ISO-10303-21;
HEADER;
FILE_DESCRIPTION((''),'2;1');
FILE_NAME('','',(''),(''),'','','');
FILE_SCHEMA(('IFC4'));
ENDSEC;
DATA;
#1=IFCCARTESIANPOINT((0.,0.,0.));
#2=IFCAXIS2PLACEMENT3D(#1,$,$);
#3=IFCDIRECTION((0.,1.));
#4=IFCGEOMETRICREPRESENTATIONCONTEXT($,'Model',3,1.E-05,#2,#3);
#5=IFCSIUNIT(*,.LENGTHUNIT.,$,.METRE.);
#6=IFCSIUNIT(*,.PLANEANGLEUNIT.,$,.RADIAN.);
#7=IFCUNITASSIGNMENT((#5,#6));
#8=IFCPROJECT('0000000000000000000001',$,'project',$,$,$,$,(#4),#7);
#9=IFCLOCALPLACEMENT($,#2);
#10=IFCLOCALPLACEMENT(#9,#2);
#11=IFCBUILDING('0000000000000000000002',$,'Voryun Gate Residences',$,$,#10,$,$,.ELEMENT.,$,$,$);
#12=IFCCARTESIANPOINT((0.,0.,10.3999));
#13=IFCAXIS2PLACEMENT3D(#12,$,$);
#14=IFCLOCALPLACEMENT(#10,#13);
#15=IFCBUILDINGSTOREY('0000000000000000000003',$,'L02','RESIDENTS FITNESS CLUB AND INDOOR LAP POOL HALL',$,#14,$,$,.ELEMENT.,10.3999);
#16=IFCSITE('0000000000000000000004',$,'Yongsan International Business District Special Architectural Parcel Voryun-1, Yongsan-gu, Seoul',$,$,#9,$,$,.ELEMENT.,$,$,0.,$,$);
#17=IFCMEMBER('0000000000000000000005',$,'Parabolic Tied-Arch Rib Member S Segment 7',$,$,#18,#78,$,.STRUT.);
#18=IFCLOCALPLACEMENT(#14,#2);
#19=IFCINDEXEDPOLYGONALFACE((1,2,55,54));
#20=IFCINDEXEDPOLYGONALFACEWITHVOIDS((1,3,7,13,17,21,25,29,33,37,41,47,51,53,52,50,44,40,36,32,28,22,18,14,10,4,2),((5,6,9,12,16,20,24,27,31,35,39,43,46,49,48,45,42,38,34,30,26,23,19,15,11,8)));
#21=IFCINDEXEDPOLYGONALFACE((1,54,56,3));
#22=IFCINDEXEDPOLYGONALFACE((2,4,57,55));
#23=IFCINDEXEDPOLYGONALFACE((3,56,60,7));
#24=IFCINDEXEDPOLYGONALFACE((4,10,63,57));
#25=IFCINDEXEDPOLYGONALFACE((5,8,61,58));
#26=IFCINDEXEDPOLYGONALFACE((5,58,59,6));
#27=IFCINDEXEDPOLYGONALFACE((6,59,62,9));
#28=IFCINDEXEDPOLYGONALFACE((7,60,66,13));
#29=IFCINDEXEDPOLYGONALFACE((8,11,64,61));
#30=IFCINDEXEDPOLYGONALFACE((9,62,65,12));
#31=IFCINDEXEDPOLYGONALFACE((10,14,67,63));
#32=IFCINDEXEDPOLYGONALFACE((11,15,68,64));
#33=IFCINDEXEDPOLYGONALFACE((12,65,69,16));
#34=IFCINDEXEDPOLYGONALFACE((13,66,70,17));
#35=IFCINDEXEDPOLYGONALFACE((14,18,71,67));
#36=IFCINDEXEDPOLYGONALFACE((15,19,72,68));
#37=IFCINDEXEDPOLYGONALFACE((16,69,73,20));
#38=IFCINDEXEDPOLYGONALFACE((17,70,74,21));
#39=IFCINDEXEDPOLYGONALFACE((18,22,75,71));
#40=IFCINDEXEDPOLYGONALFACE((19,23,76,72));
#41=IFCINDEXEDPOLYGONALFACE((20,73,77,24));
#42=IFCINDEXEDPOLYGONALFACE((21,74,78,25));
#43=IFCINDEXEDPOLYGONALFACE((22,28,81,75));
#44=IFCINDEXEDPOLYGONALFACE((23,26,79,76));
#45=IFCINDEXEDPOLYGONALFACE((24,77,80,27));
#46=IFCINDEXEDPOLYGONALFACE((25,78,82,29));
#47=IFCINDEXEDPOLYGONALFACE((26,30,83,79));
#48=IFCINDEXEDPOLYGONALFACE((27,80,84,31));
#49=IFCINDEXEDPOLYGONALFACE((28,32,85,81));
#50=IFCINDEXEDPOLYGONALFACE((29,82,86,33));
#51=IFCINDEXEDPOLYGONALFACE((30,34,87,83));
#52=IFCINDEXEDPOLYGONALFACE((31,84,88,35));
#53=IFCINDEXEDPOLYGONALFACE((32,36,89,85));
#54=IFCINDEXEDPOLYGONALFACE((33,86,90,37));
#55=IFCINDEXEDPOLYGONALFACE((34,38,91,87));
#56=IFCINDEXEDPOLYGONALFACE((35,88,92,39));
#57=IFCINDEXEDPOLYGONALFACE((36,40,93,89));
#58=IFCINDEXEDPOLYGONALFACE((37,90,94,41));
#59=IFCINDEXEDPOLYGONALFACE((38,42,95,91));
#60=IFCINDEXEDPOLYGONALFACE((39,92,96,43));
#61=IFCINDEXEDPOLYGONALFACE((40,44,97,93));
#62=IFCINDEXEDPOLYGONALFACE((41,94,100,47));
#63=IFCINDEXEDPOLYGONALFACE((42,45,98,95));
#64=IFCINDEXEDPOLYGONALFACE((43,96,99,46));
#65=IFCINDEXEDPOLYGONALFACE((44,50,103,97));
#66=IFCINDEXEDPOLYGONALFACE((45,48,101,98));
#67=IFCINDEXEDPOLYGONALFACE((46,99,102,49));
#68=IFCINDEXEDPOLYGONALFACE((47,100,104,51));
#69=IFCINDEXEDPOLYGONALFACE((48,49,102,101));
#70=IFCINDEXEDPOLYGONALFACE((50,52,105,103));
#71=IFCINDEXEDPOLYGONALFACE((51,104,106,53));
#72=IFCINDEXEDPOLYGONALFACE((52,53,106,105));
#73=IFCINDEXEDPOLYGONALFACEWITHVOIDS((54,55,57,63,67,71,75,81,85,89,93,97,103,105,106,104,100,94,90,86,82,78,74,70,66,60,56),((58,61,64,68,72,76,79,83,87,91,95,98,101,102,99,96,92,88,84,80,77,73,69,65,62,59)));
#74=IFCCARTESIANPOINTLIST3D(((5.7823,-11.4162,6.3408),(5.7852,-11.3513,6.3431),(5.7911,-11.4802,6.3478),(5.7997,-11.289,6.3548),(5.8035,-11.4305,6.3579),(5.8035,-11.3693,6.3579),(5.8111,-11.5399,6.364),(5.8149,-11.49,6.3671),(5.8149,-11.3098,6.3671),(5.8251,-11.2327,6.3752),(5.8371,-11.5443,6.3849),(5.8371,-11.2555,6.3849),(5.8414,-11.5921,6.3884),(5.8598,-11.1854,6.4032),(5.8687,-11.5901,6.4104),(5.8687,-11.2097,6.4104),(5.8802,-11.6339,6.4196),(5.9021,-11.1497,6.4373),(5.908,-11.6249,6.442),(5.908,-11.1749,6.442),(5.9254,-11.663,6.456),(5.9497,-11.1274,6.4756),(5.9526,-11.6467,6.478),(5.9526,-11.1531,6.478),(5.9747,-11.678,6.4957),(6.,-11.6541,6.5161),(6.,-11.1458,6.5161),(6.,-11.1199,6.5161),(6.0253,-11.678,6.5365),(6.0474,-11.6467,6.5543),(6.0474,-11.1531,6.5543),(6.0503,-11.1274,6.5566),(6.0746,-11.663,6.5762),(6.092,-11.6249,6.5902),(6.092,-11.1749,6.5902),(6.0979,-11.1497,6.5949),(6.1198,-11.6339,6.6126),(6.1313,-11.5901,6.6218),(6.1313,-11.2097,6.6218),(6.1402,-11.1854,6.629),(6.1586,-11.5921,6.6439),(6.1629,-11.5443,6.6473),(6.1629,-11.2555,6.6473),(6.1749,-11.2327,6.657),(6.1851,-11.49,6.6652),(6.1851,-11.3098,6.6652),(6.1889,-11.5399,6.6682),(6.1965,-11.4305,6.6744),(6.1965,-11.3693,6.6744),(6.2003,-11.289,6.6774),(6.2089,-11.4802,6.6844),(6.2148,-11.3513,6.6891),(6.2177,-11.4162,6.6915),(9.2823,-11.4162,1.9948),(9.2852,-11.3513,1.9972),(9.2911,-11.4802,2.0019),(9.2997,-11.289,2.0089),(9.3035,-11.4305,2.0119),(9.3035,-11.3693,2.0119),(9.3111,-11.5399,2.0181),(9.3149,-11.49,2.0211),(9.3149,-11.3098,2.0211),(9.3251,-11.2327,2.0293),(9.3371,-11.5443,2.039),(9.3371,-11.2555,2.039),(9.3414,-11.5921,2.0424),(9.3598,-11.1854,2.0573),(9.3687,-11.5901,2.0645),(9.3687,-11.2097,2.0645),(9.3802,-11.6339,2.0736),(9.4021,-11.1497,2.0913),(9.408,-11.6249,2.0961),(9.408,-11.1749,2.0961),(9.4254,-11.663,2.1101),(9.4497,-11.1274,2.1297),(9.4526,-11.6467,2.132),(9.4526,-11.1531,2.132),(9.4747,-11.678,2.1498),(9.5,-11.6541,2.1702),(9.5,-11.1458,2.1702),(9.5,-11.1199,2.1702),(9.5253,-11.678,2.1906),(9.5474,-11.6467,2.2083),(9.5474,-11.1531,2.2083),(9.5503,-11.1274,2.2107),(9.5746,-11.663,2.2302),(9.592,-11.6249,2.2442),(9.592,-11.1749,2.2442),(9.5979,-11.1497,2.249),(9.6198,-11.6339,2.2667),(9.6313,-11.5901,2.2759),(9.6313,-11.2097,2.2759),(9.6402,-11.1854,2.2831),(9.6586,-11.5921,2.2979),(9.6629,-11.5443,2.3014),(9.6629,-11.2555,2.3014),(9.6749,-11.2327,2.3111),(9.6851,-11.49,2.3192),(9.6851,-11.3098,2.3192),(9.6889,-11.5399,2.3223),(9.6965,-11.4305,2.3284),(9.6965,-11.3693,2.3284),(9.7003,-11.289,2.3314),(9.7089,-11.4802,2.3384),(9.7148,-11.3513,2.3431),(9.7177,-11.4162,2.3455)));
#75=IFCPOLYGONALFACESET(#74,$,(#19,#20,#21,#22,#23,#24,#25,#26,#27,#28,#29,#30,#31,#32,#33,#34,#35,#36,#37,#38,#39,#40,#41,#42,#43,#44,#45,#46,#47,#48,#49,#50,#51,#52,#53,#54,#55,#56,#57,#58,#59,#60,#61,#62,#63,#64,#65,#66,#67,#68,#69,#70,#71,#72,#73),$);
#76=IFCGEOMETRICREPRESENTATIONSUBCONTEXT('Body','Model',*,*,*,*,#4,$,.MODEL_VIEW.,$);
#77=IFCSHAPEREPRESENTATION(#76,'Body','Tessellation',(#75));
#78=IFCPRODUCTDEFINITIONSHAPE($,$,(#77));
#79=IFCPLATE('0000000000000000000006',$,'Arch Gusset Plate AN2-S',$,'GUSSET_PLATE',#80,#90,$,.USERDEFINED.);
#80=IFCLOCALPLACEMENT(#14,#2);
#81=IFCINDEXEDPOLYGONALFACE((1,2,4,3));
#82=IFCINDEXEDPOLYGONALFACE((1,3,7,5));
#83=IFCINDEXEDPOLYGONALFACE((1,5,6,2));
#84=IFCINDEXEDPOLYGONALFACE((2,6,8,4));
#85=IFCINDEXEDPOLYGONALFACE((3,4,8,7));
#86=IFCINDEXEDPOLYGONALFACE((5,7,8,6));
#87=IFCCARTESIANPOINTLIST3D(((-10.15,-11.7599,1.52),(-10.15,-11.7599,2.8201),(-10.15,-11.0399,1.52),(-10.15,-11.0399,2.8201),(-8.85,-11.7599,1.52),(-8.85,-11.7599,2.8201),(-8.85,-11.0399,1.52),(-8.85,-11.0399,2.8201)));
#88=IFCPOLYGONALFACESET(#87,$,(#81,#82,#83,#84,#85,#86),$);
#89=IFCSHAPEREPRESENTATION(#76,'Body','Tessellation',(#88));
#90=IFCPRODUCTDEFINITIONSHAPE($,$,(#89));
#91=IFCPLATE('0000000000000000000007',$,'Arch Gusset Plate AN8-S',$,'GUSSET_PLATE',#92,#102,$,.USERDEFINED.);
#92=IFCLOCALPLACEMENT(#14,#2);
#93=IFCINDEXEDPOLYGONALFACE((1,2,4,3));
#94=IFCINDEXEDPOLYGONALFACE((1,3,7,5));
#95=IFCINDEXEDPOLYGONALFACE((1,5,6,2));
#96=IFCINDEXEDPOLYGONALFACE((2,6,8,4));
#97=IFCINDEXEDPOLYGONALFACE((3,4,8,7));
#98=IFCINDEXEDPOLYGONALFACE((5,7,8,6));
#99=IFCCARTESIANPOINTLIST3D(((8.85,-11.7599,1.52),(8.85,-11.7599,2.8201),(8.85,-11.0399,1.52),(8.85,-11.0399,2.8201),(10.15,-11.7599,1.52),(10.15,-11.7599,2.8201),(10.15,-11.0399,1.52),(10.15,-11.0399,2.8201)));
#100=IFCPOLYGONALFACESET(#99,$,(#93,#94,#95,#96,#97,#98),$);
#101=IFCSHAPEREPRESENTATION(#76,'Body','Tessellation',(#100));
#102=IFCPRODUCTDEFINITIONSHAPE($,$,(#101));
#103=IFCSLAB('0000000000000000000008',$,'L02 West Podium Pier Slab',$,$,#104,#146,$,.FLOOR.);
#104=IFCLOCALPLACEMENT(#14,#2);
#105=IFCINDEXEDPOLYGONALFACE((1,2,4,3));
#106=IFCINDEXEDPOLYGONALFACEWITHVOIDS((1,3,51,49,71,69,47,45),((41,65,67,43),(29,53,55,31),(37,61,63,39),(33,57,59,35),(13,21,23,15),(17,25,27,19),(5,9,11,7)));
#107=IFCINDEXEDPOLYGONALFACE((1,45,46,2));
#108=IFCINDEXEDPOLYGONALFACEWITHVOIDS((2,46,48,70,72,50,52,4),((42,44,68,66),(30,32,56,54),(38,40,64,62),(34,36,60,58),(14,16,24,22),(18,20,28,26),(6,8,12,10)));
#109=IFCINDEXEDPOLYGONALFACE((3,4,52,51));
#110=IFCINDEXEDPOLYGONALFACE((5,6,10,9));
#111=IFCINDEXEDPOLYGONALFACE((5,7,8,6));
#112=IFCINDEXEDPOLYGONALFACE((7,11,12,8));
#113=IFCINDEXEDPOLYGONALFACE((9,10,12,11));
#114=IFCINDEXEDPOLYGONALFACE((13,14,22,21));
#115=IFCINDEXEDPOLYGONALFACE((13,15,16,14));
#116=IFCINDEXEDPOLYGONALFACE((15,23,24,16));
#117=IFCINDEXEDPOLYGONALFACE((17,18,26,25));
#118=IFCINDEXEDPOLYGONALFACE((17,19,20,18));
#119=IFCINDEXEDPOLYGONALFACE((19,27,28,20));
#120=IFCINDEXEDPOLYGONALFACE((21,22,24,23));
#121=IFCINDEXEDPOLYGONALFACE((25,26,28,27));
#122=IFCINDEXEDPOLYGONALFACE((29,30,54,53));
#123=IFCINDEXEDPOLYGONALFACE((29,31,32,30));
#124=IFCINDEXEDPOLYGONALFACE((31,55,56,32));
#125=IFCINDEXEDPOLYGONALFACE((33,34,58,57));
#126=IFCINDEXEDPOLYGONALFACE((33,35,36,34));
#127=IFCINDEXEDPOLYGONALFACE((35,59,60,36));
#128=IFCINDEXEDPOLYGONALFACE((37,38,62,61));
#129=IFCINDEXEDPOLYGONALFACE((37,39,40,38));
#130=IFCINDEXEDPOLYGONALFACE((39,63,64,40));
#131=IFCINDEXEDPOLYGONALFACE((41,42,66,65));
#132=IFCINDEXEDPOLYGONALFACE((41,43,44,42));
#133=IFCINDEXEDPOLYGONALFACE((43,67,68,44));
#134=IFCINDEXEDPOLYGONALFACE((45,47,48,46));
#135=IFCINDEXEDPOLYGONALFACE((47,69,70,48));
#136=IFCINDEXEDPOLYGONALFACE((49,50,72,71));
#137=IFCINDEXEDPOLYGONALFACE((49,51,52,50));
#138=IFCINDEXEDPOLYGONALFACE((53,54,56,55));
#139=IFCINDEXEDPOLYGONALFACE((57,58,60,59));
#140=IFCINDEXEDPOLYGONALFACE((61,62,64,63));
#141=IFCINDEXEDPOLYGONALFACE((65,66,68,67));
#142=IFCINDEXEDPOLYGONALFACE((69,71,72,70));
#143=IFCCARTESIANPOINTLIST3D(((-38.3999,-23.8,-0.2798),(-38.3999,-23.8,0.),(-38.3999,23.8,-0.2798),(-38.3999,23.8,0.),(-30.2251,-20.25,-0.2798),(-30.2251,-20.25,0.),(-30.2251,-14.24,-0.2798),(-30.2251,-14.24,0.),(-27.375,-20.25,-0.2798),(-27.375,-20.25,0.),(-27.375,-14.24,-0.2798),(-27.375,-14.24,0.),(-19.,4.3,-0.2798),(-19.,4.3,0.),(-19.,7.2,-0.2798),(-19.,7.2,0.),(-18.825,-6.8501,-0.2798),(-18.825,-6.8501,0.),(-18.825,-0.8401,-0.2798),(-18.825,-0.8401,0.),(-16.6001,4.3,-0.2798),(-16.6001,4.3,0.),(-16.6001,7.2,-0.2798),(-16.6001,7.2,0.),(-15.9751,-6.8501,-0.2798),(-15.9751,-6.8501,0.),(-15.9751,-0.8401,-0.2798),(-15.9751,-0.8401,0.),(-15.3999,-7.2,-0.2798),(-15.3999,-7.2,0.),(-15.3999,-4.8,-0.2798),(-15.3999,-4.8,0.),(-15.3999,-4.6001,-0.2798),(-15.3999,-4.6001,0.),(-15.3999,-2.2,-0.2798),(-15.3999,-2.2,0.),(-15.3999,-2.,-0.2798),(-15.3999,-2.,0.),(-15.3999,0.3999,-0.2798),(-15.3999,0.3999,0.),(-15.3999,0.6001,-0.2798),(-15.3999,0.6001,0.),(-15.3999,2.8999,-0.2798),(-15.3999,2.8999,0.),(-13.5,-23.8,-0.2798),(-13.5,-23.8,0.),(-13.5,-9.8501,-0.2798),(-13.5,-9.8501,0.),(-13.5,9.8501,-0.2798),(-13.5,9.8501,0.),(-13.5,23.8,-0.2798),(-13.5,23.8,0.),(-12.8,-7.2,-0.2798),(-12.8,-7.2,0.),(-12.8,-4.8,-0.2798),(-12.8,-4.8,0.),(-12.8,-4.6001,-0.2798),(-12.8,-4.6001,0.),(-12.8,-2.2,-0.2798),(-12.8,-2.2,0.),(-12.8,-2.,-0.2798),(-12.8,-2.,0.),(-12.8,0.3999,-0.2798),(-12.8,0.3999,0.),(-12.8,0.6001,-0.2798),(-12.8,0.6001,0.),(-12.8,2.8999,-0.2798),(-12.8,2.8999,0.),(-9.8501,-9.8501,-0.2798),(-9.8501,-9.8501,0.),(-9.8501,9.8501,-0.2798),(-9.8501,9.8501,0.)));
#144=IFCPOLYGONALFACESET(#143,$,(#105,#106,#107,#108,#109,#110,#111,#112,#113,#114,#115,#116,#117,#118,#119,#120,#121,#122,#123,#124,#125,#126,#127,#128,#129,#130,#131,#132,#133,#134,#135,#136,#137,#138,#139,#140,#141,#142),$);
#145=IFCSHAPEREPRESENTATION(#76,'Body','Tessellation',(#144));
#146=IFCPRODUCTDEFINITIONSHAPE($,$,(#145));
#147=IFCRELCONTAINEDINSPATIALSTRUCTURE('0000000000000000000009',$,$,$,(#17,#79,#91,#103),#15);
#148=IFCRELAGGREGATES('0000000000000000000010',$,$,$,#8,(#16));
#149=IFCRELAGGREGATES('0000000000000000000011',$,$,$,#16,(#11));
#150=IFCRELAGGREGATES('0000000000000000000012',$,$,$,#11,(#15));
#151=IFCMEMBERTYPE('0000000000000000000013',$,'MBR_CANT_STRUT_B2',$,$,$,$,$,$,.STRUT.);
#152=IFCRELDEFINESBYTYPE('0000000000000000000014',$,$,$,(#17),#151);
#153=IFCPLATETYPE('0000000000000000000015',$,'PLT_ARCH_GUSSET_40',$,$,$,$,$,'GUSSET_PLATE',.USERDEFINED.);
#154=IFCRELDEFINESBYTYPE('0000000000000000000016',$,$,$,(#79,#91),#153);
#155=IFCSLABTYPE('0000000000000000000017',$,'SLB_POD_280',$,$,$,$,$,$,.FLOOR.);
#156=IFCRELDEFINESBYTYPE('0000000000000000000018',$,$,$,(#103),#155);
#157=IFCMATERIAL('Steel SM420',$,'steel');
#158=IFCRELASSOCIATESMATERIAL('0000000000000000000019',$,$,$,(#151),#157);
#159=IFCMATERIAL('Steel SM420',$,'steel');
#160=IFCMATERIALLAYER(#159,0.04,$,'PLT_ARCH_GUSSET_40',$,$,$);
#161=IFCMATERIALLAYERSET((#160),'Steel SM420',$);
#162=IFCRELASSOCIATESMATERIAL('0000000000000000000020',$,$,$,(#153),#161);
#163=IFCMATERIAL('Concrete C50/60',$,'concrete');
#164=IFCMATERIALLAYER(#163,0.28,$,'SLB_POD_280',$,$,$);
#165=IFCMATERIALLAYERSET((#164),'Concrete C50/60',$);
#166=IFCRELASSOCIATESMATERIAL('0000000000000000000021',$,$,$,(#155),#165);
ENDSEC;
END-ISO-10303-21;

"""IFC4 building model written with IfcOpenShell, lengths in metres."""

from ifc_helpers import new_model, si_unit, direction, frame, origin, origin_2d, place, context, subcontext, project, spatial, polyline, rectangle, hollow_circle, outline, extrude, material, layer, layer_set, material_profile, profile_set, type_object, element, save


model = new_model("IFC4")

# Units and contexts
model_context = context("Model", 3, precision=1e-05, world=origin(), true_north=direction((0.0, 1.0)))
body_context = subcontext(model_context, "Body", "Model", "MODEL_VIEW")
ifc_project = project(units=[si_unit("LENGTHUNIT", "METRE"), si_unit("PLANEANGLEUNIT", "RADIAN")], contexts=[model_context])

# Site, building, storey
site_placement = place(None, origin())
site = spatial("IfcSite", under=ifc_project, at=site_placement, Name="Yongsan International Business District Special Architectural Parcel Voryun-1, Yongsan-gu, Seoul", CompositionType="ELEMENT", RefElevation=0.0)
building_placement = place(site_placement, origin())
building = spatial("IfcBuilding", under=site, at=building_placement, Name="Voryun Gate Residences", CompositionType="ELEMENT")
storey_placement = place(building_placement, frame((0.0, 0.0, 10.3999)))
storey = spatial("IfcBuildingStorey", under=building, at=storey_placement, Name="L02", Description="RESIDENTS FITNESS CLUB AND INDOOR LAP POOL HALL", CompositionType="ELEMENT", Elevation=10.3999)

# Member
ifc_material_1 = material(Name="Steel SM420", Category="steel")
ifc_material_profile_1 = material_profile(ifc_material_1, hollow_circle(Radius=0.28, WallThickness=0.0259, at=origin_2d()), Name="CHS-560x26")
ifc_profile_set_1 = profile_set([ifc_material_profile_1], Name="Steel SM420")
member_type_1 = type_object("IfcMemberType", Name="MBR_CANT_STRUT_B2", PredefinedType="STRUT", material=ifc_profile_set_1)
for number, where, z_axis, x_axis, name in (
    (1, (6.0, -11.3999, 6.5161), (0.627232, 0.0, -0.778833), (0.0, 1.0, 0.0), "Parabolic Tied-Arch Rib Member S Segment 7"),
):
    element("IfcMember", number, at=place(storey_placement, frame(where, z_axis=z_axis, x_axis=x_axis)), inside=storey, type_object=member_type_1, Name=name, PredefinedType="STRUT", context=body_context, shape_type="SweptSolid", body=[
        extrude(hollow_circle(Radius=0.28, WallThickness=0.0259, at=origin_2d()), origin(), (0.0, 0.0, 1.0), 5.5801),
    ])

# Plates
ifc_material_2 = material(Name="Steel SM420", Category="steel")
ifc_layer_1 = layer(ifc_material_2, 0.04, Name="PLT_ARCH_GUSSET_40")
ifc_layer_set_1 = layer_set([ifc_layer_1], Name="Steel SM420")
plate_type = type_object("IfcPlateType", Name="PLT_ARCH_GUSSET_40", ElementType="GUSSET_PLATE", PredefinedType="USERDEFINED", material=ifc_layer_set_1)
for number, where, z_axis, x_axis, name in (
    (2, (-9.5, -11.3999, 1.52), (0.0, 0.0, 1.0), (1.0, 0.0, 0.0), "Arch Gusset Plate AN2-S"),
    (3, (9.5, -11.3999, 1.52), (0.0, 0.0, 1.0), (1.0, 0.0, 0.0), "Arch Gusset Plate AN8-S"),
):
    element("IfcPlate", number, at=place(storey_placement, frame(where, z_axis=z_axis, x_axis=x_axis)), inside=storey, type_object=plate_type, Name=name, ObjectType="GUSSET_PLATE", PredefinedType="USERDEFINED", context=body_context, shape_type="SweptSolid", body=[
        extrude(rectangle(XDim=1.3, YDim=0.72, at=origin_2d()), origin(), (0.0, 0.0, 1.0), 1.3),
    ])

# Slab
ifc_material_3 = material(Name="Concrete C50/60", Category="concrete")
ifc_layer_2 = layer(ifc_material_3, 0.28, Name="SLB_POD_280")
ifc_layer_set_2 = layer_set([ifc_layer_2], Name="Concrete C50/60")
slab_type_1 = type_object("IfcSlabType", Name="SLB_POD_280", PredefinedType="FLOOR", material=ifc_layer_set_2)
slab_1_placement = place(storey_placement, frame((0.0, 0.0, -0.2798)))
element("IfcSlab", 4, at=slab_1_placement, inside=storey, type_object=slab_type_1, Name="L02 West Podium Pier Slab", PredefinedType="FLOOR", context=body_context, shape_type="SweptSolid", body=[
    extrude(outline(polyline([(-38.3999, -23.8), (-38.3999, 23.8), (-13.5, 23.8), (-13.5, 9.8501), (-9.8501, 9.8501), (-9.8501, -9.8501), (-13.5, -9.8501), (-13.5, -23.8), (-38.3999, -23.8)]), holes=[polyline([(-27.375, -20.25), (-27.375, -14.24), (-30.2251, -14.24), (-30.2251, -20.25), (-27.375, -20.25)]), polyline([(-12.8, -7.2), (-12.8, -4.8), (-15.3999, -4.8), (-15.3999, -7.2), (-12.8, -7.2)]), polyline([(-18.825, -6.8501), (-15.9751, -6.8501), (-15.9751, -0.8401), (-18.825, -0.8401), (-18.825, -6.8501)]), polyline([(-12.8, -4.6001), (-12.8, -2.2), (-15.3999, -2.2), (-15.3999, -4.6001), (-12.8, -4.6001)]), polyline([(-12.8, -2.0), (-12.8, 0.3999), (-15.3999, 0.3999), (-15.3999, -2.0), (-12.8, -2.0)]), polyline([(-12.8, 0.6001), (-12.8, 2.8999), (-15.3999, 2.8999), (-15.3999, 0.6001), (-12.8, 0.6001)]), polyline([(-16.6001, 4.3), (-16.6001, 7.2), (-19.0, 7.2), (-19.0, 4.3), (-16.6001, 4.3)])]), origin(), (0.0, 0.0, 1.0), 0.2798),
])

save(model, "model.ifc")
